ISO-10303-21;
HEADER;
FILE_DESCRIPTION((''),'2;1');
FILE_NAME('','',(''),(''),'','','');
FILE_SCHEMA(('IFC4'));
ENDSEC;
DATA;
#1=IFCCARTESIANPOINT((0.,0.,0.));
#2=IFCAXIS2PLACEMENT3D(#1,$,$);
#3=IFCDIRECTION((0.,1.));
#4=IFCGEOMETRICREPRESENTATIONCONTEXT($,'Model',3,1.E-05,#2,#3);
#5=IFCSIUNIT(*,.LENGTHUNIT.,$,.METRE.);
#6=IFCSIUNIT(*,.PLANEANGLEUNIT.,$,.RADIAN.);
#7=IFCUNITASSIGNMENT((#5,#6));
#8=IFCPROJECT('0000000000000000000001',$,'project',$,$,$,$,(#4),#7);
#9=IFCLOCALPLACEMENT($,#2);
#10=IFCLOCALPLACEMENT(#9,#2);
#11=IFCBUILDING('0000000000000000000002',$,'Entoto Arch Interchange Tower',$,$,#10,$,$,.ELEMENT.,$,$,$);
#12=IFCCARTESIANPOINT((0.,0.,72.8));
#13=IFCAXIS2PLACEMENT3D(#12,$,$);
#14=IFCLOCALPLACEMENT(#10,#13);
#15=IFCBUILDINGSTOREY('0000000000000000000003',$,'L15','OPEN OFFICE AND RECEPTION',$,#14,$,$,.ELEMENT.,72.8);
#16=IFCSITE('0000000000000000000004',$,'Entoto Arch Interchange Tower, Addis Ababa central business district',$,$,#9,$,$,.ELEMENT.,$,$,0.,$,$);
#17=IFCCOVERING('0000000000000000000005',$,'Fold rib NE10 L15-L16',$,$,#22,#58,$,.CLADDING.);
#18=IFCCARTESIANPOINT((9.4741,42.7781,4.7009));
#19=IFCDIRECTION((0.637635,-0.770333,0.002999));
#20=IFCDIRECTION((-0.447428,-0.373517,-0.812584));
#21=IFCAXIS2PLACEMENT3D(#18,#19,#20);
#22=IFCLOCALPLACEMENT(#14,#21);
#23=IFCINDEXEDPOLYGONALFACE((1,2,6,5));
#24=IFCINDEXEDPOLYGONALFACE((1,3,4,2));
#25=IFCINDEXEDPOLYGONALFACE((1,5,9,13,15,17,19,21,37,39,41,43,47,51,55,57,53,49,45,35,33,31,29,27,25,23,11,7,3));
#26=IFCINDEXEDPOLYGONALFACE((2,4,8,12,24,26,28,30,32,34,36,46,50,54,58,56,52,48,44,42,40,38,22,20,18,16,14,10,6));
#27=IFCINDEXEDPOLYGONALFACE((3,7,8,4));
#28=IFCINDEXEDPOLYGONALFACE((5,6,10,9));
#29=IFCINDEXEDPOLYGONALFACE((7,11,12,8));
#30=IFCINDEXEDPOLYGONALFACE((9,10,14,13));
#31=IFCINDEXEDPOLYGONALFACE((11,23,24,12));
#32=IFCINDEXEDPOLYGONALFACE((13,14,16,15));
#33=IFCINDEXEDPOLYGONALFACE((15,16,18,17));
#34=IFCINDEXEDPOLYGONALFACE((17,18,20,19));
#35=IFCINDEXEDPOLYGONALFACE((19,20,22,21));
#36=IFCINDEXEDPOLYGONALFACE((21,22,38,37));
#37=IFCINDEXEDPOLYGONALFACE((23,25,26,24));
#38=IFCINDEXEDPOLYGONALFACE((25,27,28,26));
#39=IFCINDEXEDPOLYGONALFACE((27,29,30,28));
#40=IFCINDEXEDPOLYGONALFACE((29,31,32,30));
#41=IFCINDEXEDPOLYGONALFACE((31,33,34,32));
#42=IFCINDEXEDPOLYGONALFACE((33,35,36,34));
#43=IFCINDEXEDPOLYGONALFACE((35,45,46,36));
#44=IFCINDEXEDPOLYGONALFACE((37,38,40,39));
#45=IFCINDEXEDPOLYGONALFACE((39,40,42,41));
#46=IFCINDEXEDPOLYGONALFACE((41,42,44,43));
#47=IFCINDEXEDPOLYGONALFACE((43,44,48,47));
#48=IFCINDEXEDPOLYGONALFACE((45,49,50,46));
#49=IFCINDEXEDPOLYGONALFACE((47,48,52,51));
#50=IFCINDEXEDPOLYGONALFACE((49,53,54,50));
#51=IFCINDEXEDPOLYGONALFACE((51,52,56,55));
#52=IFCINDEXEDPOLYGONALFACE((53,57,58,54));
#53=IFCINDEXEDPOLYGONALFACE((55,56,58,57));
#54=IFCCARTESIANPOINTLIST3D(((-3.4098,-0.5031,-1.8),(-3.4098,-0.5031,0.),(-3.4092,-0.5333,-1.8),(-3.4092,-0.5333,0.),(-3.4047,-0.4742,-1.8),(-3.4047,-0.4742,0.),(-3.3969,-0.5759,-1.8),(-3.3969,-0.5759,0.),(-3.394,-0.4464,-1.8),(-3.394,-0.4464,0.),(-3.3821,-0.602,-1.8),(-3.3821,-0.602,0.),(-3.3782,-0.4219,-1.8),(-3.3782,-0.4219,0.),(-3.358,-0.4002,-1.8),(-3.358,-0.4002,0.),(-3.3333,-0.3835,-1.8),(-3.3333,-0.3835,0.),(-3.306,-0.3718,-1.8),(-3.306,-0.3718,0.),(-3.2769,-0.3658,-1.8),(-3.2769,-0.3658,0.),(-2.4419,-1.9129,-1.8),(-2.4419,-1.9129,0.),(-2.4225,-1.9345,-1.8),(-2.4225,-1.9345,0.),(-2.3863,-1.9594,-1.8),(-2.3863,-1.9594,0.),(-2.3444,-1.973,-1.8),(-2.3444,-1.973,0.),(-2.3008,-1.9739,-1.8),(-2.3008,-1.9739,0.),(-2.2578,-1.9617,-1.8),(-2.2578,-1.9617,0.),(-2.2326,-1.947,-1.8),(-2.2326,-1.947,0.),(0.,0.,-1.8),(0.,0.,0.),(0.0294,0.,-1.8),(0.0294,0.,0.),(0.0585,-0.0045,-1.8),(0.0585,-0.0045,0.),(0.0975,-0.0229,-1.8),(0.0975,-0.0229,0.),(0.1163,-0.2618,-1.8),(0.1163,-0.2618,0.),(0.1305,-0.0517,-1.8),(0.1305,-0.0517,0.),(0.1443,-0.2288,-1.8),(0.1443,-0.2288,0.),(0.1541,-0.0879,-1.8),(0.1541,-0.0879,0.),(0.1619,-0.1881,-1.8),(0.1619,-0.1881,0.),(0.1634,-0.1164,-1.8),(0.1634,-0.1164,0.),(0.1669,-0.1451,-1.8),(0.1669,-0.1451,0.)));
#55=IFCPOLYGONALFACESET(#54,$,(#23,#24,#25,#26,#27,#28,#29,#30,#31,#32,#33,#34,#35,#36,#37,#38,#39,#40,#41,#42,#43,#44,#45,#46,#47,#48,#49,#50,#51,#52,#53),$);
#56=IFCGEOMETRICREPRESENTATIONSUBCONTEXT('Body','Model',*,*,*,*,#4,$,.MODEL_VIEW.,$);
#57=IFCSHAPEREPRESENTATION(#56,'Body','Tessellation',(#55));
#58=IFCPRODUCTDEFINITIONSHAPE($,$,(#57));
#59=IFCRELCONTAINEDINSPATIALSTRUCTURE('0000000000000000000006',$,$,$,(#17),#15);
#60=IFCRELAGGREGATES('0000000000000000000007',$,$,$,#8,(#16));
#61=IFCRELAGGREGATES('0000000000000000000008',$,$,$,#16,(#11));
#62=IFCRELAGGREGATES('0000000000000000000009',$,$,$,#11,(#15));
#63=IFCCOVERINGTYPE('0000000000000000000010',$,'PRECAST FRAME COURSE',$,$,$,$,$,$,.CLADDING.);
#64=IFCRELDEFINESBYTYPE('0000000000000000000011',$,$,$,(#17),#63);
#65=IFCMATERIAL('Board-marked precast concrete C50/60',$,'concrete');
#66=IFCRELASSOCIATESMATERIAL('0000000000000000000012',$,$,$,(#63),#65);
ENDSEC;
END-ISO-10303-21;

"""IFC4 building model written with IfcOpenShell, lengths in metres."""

from ifc_helpers import new_model, si_unit, direction, frame, origin, place, context, subcontext, project, spatial, polyline, outline, extrude, material, type_object, element, save


model = new_model("IFC4")

# Units and contexts
model_context = context("Model", 3, precision=1e-05, world=origin(), true_north=direction((0.0, 1.0)))
body_context = subcontext(model_context, "Body", "Model", "MODEL_VIEW")
ifc_project = project(units=[si_unit("LENGTHUNIT", "METRE"), si_unit("PLANEANGLEUNIT", "RADIAN")], contexts=[model_context])

# Site, building, storey
site_placement = place(None, origin())
site = spatial("IfcSite", under=ifc_project, at=site_placement, Name="Entoto Arch Interchange Tower, Addis Ababa central business district", CompositionType="ELEMENT", RefElevation=0.0)
building_placement = place(site_placement, origin())
building = spatial("IfcBuilding", under=site, at=building_placement, Name="Entoto Arch Interchange Tower", CompositionType="ELEMENT")
storey_placement = place(building_placement, frame((0.0, 0.0, 72.8)))
storey = spatial("IfcBuildingStorey", under=building, at=storey_placement, Name="L15", Description="OPEN OFFICE AND RECEPTION", CompositionType="ELEMENT", Elevation=72.8)

# Covering
ifc_material_1 = material(Name="Board-marked precast concrete C50/60", Category="concrete")
covering_type = type_object("IfcCoveringType", Name="PRECAST FRAME COURSE", PredefinedType="CLADDING", material=ifc_material_1)
covering_1_placement = place(storey_placement, frame((9.4741, 42.7781, 4.7009), z_axis=(0.637635, -0.770333, 0.002999), x_axis=(-0.447428, -0.373517, -0.812584)))
element("IfcCovering", 1, at=covering_1_placement, inside=storey, type_object=covering_type, Name="Fold rib NE10 L15-L16", PredefinedType="CLADDING", context=body_context, shape_type="SweptSolid", body=[
    extrude(outline(polyline([(0.0, 0.0), (0.0294, 0.0), (0.0585, -0.0045), (0.0975, -0.0229), (0.1305, -0.0517), (0.1541, -0.0879), (0.1634, -0.1164), (0.1669, -0.1451), (0.1619, -0.1881), (0.1443, -0.2288), (0.1163, -0.2618), (-2.2326, -1.947), (-2.2578, -1.9617), (-2.3008, -1.9739), (-2.3444, -1.973), (-2.3863, -1.9594), (-2.4225, -1.9345), (-2.4419, -1.9129), (-3.3821, -0.602), (-3.3969, -0.5759), (-3.4092, -0.5333), (-3.4098, -0.5031), (-3.4047, -0.4742), (-3.394, -0.4464), (-3.3782, -0.4219), (-3.358, -0.4002), (-3.3333, -0.3835), (-3.306, -0.3718), (-3.2769, -0.3658), (0.0, 0.0)])), origin(), (0.0, 0.0, -1.0), 1.8),
])

save(model, "model.ifc")
